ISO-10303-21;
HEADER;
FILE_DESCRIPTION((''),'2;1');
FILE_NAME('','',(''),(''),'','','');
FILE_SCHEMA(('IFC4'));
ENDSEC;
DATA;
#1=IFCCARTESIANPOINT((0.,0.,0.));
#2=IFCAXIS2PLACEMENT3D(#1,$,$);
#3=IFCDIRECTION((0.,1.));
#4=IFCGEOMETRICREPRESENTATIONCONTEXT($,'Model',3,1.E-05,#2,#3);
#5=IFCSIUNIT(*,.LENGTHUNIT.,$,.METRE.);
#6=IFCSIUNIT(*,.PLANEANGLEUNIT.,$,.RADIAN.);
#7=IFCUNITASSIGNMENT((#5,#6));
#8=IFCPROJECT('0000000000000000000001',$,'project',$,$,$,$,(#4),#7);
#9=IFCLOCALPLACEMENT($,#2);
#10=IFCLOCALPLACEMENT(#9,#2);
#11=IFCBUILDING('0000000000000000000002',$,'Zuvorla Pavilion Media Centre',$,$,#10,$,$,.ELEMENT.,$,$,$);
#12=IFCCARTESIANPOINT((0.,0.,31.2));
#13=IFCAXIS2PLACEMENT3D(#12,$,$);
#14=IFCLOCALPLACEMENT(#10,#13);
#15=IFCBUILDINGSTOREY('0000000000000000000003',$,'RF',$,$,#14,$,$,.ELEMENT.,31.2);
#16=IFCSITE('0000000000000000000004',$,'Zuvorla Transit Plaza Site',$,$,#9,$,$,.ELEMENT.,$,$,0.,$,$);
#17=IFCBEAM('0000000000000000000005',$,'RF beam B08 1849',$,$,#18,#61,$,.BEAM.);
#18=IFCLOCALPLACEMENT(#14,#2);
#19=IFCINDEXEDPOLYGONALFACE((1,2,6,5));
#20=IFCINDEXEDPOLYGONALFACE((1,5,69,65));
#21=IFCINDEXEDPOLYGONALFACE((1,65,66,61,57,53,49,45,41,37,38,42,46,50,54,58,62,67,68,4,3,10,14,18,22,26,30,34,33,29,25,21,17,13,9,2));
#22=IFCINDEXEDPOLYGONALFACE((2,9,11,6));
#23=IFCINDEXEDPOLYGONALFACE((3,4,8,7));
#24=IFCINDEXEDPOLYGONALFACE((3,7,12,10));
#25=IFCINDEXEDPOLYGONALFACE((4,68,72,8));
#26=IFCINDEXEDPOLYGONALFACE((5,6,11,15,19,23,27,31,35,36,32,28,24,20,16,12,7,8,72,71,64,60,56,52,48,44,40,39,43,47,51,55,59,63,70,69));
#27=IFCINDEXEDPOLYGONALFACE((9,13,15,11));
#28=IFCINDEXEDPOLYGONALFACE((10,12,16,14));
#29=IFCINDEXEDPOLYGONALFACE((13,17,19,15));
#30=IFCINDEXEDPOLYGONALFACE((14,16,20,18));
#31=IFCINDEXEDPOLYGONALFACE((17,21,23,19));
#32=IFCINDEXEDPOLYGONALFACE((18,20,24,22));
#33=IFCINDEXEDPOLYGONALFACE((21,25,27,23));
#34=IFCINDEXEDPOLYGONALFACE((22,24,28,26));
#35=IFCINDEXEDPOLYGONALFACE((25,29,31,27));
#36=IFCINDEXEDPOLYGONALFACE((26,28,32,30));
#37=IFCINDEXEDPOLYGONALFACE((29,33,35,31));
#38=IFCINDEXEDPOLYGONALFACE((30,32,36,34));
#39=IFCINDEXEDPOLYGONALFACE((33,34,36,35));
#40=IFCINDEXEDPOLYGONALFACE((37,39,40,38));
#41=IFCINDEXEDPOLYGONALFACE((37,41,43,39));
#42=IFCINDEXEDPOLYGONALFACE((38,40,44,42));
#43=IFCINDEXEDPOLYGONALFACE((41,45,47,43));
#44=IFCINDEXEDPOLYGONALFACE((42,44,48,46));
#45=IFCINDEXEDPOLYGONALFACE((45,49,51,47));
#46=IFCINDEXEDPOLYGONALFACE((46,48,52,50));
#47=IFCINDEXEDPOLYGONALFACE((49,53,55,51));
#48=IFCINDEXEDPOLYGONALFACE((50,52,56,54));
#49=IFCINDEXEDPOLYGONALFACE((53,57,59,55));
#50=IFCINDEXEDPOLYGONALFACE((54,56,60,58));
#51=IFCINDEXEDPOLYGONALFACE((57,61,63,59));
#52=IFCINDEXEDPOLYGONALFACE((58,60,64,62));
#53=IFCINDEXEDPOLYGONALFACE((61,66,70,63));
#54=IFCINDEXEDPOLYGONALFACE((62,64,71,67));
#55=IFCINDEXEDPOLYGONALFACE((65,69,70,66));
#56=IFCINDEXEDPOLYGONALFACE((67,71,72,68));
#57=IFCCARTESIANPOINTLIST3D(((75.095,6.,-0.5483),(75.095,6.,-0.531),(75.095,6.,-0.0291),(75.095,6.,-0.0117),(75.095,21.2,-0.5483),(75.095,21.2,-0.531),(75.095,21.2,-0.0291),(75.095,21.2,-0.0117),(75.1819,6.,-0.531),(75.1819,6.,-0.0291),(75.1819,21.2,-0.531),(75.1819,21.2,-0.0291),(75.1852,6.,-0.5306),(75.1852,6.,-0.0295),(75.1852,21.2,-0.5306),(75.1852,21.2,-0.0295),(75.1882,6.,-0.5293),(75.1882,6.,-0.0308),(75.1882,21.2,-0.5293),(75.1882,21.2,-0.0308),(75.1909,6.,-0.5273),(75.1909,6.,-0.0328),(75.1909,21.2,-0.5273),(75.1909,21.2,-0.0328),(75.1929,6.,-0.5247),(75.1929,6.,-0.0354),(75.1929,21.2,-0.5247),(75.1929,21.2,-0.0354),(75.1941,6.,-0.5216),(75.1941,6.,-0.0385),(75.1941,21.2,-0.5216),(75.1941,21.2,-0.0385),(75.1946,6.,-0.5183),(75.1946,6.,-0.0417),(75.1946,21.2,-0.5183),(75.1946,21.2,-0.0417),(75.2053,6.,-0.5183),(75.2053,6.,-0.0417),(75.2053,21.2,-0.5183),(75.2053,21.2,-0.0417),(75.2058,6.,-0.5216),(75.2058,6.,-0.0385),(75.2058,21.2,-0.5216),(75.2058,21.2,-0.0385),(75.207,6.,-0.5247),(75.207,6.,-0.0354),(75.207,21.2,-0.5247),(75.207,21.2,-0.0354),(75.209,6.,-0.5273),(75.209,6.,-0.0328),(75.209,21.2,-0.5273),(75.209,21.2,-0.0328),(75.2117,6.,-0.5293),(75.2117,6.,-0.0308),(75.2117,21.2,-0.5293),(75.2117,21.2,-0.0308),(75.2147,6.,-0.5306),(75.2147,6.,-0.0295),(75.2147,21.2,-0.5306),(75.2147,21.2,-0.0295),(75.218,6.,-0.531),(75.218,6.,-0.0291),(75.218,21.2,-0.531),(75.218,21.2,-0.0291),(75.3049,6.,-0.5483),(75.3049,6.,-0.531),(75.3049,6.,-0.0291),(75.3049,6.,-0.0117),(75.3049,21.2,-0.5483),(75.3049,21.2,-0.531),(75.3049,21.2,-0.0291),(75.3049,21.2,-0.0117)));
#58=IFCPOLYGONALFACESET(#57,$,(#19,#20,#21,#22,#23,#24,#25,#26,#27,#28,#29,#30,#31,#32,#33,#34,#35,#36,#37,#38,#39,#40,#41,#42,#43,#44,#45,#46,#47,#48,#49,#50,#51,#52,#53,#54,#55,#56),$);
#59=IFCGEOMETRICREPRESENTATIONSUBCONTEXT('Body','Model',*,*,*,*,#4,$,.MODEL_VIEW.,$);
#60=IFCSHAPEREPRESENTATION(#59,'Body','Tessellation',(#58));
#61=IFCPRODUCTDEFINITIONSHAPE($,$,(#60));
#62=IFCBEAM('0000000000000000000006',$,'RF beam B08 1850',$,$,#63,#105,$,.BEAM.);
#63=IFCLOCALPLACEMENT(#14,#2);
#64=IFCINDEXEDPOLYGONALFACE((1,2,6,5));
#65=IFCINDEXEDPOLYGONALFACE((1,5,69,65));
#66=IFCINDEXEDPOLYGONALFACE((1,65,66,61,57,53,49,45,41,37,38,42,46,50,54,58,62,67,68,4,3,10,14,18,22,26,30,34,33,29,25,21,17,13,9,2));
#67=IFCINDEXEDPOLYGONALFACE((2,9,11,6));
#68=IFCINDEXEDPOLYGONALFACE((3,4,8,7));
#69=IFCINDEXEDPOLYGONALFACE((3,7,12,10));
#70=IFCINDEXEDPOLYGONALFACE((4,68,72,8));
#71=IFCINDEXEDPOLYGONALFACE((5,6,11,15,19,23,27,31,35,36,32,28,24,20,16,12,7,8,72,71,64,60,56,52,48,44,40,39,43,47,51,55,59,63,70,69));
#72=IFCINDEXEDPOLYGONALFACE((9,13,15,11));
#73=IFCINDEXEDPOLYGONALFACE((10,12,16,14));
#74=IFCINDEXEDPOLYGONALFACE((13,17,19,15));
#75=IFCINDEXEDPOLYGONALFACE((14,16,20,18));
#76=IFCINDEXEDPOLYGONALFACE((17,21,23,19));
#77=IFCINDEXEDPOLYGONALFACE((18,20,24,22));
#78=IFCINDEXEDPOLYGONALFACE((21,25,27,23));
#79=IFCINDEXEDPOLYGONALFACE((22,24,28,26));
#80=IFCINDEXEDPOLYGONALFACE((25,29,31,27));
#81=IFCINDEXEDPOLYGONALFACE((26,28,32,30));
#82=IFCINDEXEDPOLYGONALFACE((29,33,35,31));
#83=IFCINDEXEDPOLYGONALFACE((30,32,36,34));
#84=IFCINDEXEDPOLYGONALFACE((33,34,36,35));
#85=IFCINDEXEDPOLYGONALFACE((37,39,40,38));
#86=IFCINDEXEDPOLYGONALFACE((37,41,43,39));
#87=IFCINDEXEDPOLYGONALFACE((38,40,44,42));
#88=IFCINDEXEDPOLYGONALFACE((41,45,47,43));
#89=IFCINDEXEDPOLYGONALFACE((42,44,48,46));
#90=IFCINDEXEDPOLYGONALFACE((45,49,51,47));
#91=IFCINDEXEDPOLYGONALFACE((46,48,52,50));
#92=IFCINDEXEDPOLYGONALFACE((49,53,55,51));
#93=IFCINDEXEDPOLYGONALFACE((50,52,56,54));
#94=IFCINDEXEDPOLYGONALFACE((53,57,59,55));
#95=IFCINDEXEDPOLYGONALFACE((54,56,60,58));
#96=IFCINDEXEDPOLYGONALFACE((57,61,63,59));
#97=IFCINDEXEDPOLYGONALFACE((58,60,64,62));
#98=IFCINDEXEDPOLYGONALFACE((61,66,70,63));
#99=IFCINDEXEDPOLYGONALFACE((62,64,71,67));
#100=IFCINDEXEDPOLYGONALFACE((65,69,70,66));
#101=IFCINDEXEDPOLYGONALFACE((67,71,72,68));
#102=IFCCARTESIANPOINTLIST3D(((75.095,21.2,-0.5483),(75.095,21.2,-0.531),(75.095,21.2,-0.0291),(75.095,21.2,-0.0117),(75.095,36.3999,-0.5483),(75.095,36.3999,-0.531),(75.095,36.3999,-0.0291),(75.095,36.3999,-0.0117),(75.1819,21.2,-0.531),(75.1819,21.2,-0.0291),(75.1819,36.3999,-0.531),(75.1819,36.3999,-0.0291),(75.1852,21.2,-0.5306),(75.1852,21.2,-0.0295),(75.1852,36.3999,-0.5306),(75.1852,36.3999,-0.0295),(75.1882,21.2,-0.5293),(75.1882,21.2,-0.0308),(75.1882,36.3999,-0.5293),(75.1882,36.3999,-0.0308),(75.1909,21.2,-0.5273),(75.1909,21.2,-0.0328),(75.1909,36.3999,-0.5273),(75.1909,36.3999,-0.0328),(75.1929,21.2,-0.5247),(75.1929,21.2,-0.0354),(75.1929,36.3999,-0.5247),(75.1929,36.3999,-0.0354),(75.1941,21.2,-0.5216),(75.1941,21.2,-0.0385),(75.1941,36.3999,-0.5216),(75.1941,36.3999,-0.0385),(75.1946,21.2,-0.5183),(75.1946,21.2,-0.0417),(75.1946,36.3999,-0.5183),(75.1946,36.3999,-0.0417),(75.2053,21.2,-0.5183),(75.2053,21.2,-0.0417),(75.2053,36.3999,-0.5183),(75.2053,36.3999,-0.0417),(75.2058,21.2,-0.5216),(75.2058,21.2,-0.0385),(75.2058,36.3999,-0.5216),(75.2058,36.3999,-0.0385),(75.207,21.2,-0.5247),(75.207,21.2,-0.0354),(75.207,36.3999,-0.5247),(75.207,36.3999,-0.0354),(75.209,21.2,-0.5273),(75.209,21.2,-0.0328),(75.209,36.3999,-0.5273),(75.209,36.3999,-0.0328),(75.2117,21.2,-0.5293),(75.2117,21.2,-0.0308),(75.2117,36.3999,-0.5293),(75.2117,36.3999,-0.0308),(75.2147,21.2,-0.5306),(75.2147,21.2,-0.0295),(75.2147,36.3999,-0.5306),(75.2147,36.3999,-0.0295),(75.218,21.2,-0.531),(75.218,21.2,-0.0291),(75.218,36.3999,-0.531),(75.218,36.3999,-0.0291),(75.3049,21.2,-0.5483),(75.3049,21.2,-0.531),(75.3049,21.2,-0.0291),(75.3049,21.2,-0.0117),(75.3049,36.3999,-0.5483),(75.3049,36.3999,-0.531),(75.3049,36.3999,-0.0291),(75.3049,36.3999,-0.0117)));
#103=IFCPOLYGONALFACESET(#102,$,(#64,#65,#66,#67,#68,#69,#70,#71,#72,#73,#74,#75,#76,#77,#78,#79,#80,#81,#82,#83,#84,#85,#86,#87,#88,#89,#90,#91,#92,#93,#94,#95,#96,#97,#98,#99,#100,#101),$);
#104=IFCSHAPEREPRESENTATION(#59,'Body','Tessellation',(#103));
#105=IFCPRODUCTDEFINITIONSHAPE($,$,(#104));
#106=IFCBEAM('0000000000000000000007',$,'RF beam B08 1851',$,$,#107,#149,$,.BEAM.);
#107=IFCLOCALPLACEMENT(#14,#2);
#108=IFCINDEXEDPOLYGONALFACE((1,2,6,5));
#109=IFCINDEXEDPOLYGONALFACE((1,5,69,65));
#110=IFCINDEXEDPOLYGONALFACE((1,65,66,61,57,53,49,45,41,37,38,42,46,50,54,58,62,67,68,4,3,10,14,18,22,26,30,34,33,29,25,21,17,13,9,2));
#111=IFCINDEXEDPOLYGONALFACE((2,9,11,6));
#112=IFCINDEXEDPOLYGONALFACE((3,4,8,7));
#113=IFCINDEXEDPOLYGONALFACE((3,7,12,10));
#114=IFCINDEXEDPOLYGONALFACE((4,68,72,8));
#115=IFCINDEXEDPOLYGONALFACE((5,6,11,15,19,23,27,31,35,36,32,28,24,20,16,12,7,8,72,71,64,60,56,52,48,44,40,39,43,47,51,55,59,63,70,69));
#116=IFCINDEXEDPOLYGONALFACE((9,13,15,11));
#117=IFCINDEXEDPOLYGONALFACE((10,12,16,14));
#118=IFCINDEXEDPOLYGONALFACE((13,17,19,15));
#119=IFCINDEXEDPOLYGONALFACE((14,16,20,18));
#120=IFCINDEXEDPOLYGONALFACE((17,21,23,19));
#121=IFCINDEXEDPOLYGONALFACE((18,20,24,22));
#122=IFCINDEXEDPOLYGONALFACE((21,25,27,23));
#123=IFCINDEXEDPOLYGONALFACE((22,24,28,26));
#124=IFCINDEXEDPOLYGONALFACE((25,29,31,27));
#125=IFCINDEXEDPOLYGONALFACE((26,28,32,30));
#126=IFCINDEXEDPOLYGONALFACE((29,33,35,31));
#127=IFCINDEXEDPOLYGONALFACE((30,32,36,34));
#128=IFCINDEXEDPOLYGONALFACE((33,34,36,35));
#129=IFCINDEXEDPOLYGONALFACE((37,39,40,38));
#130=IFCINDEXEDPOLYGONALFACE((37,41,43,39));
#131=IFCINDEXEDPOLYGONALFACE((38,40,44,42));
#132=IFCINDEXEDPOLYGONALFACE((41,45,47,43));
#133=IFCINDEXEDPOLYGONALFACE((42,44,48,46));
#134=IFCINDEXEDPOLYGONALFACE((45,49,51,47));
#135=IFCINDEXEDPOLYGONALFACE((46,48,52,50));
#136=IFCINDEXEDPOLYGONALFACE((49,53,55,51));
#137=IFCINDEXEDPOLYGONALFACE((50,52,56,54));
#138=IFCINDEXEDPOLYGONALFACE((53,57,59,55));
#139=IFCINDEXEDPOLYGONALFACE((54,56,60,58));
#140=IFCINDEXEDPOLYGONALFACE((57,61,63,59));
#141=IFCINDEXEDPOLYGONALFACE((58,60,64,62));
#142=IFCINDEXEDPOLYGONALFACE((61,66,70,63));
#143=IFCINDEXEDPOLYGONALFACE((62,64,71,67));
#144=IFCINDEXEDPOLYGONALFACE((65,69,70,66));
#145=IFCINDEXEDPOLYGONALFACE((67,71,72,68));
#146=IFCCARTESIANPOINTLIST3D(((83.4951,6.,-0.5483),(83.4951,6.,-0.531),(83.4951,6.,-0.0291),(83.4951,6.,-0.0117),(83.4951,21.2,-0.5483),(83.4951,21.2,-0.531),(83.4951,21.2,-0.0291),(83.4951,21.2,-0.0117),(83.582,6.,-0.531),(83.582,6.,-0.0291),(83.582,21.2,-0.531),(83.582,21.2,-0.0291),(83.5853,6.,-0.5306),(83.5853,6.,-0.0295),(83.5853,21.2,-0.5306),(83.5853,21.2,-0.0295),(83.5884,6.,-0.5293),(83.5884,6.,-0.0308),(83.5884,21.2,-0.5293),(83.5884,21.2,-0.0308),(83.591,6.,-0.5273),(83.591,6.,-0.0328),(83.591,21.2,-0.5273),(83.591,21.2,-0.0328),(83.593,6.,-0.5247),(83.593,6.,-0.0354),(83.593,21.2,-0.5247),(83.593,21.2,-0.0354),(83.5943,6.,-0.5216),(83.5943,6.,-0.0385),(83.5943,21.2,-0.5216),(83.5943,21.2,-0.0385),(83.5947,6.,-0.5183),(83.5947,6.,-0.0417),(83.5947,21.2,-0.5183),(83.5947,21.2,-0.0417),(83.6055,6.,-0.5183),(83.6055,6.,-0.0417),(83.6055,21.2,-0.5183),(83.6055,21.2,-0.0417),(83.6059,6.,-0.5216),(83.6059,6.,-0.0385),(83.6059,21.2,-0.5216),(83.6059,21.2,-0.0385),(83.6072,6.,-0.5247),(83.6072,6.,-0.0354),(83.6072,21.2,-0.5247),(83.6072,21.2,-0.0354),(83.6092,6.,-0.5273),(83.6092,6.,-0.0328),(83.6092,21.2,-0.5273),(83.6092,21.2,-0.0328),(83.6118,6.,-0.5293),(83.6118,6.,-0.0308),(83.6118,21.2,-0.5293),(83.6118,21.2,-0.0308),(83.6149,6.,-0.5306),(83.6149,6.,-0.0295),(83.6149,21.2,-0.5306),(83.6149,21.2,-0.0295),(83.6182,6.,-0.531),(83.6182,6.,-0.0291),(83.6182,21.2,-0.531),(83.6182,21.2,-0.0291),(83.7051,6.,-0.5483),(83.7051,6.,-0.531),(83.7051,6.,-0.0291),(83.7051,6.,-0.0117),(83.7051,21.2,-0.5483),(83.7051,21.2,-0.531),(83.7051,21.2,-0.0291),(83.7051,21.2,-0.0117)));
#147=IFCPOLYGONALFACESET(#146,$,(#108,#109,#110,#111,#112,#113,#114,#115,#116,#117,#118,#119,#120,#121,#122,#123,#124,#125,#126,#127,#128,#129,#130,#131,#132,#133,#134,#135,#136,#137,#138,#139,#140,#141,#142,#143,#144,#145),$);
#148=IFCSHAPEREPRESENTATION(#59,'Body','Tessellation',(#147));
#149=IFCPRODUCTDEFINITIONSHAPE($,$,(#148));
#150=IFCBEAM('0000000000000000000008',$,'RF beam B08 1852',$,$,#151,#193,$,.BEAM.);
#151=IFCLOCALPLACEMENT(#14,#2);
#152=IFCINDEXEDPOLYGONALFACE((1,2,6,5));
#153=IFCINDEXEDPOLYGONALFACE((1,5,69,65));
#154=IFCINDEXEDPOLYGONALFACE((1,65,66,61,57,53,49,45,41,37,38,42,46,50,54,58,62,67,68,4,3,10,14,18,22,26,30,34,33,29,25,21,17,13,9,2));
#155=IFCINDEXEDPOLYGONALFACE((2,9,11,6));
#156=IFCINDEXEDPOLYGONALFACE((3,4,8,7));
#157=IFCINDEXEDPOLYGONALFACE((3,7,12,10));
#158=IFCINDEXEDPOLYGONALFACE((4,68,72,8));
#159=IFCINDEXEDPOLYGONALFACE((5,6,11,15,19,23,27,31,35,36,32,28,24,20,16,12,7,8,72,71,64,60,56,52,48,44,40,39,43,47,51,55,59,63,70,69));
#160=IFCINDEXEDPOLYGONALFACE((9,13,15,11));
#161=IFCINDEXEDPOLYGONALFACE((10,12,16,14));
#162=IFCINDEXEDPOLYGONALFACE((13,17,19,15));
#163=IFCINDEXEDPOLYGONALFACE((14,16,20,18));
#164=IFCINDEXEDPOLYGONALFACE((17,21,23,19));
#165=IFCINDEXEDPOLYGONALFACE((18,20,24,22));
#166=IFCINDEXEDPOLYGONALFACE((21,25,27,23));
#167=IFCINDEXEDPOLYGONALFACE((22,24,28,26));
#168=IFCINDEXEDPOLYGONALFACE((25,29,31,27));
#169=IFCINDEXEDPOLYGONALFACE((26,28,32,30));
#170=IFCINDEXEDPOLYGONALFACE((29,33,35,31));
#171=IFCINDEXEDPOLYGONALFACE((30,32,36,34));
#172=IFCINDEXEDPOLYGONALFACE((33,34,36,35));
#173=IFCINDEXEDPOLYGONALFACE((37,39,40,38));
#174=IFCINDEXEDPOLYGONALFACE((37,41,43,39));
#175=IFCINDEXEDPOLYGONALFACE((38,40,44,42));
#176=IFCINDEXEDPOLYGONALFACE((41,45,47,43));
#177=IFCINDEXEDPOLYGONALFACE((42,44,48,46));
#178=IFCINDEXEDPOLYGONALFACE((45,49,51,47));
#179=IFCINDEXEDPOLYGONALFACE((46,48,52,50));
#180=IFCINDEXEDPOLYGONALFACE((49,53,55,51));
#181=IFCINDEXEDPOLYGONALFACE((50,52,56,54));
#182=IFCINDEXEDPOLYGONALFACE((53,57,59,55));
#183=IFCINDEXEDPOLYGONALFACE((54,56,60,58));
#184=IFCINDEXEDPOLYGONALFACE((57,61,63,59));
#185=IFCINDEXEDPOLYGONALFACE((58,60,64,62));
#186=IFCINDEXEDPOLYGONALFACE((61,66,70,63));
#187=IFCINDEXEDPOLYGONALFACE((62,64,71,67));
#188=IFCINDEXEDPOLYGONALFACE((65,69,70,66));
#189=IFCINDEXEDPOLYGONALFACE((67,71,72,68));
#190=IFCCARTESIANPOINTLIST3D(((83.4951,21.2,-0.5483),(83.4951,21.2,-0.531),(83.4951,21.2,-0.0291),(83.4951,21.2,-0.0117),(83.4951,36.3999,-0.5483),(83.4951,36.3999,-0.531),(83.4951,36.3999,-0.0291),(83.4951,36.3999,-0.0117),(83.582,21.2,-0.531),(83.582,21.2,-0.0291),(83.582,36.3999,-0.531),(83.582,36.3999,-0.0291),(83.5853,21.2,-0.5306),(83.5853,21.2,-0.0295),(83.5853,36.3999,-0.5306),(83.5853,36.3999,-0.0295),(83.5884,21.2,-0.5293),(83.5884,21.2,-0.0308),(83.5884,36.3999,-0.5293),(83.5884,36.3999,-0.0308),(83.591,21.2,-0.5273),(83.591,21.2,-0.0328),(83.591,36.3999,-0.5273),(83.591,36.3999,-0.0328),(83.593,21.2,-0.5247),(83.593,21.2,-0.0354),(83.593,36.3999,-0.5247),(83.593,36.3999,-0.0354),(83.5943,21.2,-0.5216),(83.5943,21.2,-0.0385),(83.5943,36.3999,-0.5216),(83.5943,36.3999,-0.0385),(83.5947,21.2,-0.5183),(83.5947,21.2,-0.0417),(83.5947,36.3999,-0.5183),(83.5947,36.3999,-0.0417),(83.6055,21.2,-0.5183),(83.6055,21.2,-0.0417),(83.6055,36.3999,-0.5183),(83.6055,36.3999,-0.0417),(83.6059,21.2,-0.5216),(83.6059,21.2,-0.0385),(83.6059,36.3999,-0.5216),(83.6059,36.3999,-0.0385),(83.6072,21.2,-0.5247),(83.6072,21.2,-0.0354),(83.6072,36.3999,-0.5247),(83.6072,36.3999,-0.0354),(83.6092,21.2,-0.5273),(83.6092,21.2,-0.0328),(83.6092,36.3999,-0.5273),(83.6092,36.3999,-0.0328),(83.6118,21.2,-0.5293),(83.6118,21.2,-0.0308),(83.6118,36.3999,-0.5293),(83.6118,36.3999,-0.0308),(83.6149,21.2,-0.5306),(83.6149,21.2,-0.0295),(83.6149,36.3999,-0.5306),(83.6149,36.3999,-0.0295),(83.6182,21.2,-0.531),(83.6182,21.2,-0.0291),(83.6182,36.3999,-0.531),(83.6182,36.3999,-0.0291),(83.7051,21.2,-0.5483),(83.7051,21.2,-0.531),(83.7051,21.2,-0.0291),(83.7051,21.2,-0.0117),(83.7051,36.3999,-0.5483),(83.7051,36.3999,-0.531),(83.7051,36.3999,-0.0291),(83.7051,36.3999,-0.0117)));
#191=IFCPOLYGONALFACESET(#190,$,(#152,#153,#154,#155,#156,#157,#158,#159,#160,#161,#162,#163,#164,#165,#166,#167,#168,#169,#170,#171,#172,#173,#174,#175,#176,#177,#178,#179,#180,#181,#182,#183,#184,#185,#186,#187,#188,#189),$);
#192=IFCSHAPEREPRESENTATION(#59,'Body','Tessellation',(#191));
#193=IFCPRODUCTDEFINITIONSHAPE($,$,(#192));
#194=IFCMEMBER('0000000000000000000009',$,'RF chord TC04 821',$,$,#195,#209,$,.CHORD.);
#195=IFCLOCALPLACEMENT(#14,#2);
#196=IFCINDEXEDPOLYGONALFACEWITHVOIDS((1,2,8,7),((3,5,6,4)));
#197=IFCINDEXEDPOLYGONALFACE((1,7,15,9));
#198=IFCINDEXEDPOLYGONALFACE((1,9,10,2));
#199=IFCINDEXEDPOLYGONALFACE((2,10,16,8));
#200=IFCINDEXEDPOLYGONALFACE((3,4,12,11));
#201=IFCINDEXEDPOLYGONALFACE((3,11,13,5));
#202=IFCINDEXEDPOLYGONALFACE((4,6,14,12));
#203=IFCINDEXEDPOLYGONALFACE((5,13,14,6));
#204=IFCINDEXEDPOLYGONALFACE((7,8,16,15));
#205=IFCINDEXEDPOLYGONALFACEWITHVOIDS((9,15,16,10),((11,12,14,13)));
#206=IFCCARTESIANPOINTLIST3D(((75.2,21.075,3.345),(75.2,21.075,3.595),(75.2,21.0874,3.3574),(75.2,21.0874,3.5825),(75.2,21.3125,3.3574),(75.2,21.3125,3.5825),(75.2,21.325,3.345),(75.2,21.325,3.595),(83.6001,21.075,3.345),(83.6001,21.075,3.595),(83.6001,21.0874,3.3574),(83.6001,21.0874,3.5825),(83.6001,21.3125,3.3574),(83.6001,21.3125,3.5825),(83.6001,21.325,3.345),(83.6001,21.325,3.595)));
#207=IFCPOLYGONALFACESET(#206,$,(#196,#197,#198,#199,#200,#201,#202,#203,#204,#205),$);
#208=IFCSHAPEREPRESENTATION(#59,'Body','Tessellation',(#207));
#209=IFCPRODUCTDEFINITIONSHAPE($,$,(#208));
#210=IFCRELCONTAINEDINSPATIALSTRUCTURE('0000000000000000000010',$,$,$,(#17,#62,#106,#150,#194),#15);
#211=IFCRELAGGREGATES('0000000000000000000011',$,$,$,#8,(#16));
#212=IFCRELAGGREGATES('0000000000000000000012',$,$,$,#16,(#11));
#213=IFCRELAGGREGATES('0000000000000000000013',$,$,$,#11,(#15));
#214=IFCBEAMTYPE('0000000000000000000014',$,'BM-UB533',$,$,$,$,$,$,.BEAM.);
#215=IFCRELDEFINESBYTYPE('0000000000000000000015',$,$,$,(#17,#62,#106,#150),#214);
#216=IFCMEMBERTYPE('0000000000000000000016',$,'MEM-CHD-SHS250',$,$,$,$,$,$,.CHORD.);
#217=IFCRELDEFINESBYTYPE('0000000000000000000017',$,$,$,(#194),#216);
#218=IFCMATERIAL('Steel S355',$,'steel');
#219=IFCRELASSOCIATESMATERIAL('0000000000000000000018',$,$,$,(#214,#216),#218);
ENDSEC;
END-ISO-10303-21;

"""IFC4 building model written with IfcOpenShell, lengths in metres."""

from ifc_helpers import new_model, si_unit, direction, frame, origin, origin_2d, place, context, subcontext, project, spatial, hollow_rectangle, i_section, extrude, material, material_profile, profile_set, type_object, element, save


model = new_model("IFC4")

# Units and contexts
model_context = context("Model", 3, precision=1e-05, world=origin(), true_north=direction((0.0, 1.0)))
body_context = subcontext(model_context, "Body", "Model", "MODEL_VIEW")
ifc_project = project(units=[si_unit("LENGTHUNIT", "METRE"), si_unit("PLANEANGLEUNIT", "RADIAN")], contexts=[model_context])

# Site, building, storey
site_placement = place(None, origin())
site = spatial("IfcSite", under=ifc_project, at=site_placement, Name="Zuvorla Transit Plaza Site", CompositionType="ELEMENT", RefElevation=0.0)
building_placement = place(site_placement, origin())
building = spatial("IfcBuilding", under=site, at=building_placement, Name="Zuvorla Pavilion Media Centre", CompositionType="ELEMENT")
storey_placement = place(building_placement, frame((0.0, 0.0, 31.2)))
storey = spatial("IfcBuildingStorey", under=building, at=storey_placement, Name="RF", CompositionType="ELEMENT", Elevation=31.2)

# Beams
ifc_material = material(Name="Steel S355", Category="steel")
ifc_material_profile_1 = material_profile(ifc_material, i_section(OverallWidth=0.21, OverallDepth=0.5366, WebThickness=0.0107, FlangeThickness=0.0173, FilletRadius=0.0127, at=origin_2d()), Name="UB 533x210x101")
ifc_profile_set_1 = profile_set([ifc_material_profile_1], Name="Steel S355")
beam_type = type_object("IfcBeamType", Name="BM-UB533", PredefinedType="BEAM", material=ifc_profile_set_1)
for number, where, z_axis, x_axis, name in (
    (1, (75.2, 6.0, -0.28), (0.0, 1.0, 0.0), (-1.0, 0.0, 0.0), "RF beam B08 1849"),
    (2, (75.2, 21.2, -0.28), (0.0, 1.0, 0.0), (-1.0, 0.0, 0.0), "RF beam B08 1850"),
    (3, (83.6001, 6.0, -0.28), (0.0, 1.0, 0.0), (-1.0, 0.0, 0.0), "RF beam B08 1851"),
    (4, (83.6001, 21.2, -0.28), (0.0, 1.0, 0.0), (-1.0, 0.0, 0.0), "RF beam B08 1852"),
):
    element("IfcBeam", number, at=place(storey_placement, frame(where, z_axis=z_axis, x_axis=x_axis)), inside=storey, type_object=beam_type, Name=name, PredefinedType="BEAM", context=body_context, shape_type="SweptSolid", body=[
        extrude(i_section(OverallWidth=0.21, OverallDepth=0.5366, WebThickness=0.0107, FlangeThickness=0.0173, FilletRadius=0.0127, at=origin_2d()), origin(), (0.0, 0.0, 1.0), 15.2),
    ])

# Member
ifc_material_profile_2 = material_profile(ifc_material, hollow_rectangle(XDim=0.25, YDim=0.25, WallThickness=0.0125, at=origin_2d()), Name="SHS 250x250x12.5")
ifc_profile_set_2 = profile_set([ifc_material_profile_2], Name="Steel S355")
member_type_1 = type_object("IfcMemberType", Name="MEM-CHD-SHS250", PredefinedType="CHORD", material=ifc_profile_set_2)
member_placement = place(storey_placement, frame((75.2, 21.2, 3.47), z_axis=(1.0, 0.0, 0.0), x_axis=(0.0, 1.0, 0.0)))
element("IfcMember", 5, at=member_placement, inside=storey, type_object=member_type_1, Name="RF chord TC04 821", PredefinedType="CHORD", context=body_context, shape_type="SweptSolid", body=[
    extrude(hollow_rectangle(XDim=0.25, YDim=0.25, WallThickness=0.0125, at=origin_2d()), origin(), (0.0, 0.0, 1.0), 8.4001),
])

save(model, "model.ifc")
